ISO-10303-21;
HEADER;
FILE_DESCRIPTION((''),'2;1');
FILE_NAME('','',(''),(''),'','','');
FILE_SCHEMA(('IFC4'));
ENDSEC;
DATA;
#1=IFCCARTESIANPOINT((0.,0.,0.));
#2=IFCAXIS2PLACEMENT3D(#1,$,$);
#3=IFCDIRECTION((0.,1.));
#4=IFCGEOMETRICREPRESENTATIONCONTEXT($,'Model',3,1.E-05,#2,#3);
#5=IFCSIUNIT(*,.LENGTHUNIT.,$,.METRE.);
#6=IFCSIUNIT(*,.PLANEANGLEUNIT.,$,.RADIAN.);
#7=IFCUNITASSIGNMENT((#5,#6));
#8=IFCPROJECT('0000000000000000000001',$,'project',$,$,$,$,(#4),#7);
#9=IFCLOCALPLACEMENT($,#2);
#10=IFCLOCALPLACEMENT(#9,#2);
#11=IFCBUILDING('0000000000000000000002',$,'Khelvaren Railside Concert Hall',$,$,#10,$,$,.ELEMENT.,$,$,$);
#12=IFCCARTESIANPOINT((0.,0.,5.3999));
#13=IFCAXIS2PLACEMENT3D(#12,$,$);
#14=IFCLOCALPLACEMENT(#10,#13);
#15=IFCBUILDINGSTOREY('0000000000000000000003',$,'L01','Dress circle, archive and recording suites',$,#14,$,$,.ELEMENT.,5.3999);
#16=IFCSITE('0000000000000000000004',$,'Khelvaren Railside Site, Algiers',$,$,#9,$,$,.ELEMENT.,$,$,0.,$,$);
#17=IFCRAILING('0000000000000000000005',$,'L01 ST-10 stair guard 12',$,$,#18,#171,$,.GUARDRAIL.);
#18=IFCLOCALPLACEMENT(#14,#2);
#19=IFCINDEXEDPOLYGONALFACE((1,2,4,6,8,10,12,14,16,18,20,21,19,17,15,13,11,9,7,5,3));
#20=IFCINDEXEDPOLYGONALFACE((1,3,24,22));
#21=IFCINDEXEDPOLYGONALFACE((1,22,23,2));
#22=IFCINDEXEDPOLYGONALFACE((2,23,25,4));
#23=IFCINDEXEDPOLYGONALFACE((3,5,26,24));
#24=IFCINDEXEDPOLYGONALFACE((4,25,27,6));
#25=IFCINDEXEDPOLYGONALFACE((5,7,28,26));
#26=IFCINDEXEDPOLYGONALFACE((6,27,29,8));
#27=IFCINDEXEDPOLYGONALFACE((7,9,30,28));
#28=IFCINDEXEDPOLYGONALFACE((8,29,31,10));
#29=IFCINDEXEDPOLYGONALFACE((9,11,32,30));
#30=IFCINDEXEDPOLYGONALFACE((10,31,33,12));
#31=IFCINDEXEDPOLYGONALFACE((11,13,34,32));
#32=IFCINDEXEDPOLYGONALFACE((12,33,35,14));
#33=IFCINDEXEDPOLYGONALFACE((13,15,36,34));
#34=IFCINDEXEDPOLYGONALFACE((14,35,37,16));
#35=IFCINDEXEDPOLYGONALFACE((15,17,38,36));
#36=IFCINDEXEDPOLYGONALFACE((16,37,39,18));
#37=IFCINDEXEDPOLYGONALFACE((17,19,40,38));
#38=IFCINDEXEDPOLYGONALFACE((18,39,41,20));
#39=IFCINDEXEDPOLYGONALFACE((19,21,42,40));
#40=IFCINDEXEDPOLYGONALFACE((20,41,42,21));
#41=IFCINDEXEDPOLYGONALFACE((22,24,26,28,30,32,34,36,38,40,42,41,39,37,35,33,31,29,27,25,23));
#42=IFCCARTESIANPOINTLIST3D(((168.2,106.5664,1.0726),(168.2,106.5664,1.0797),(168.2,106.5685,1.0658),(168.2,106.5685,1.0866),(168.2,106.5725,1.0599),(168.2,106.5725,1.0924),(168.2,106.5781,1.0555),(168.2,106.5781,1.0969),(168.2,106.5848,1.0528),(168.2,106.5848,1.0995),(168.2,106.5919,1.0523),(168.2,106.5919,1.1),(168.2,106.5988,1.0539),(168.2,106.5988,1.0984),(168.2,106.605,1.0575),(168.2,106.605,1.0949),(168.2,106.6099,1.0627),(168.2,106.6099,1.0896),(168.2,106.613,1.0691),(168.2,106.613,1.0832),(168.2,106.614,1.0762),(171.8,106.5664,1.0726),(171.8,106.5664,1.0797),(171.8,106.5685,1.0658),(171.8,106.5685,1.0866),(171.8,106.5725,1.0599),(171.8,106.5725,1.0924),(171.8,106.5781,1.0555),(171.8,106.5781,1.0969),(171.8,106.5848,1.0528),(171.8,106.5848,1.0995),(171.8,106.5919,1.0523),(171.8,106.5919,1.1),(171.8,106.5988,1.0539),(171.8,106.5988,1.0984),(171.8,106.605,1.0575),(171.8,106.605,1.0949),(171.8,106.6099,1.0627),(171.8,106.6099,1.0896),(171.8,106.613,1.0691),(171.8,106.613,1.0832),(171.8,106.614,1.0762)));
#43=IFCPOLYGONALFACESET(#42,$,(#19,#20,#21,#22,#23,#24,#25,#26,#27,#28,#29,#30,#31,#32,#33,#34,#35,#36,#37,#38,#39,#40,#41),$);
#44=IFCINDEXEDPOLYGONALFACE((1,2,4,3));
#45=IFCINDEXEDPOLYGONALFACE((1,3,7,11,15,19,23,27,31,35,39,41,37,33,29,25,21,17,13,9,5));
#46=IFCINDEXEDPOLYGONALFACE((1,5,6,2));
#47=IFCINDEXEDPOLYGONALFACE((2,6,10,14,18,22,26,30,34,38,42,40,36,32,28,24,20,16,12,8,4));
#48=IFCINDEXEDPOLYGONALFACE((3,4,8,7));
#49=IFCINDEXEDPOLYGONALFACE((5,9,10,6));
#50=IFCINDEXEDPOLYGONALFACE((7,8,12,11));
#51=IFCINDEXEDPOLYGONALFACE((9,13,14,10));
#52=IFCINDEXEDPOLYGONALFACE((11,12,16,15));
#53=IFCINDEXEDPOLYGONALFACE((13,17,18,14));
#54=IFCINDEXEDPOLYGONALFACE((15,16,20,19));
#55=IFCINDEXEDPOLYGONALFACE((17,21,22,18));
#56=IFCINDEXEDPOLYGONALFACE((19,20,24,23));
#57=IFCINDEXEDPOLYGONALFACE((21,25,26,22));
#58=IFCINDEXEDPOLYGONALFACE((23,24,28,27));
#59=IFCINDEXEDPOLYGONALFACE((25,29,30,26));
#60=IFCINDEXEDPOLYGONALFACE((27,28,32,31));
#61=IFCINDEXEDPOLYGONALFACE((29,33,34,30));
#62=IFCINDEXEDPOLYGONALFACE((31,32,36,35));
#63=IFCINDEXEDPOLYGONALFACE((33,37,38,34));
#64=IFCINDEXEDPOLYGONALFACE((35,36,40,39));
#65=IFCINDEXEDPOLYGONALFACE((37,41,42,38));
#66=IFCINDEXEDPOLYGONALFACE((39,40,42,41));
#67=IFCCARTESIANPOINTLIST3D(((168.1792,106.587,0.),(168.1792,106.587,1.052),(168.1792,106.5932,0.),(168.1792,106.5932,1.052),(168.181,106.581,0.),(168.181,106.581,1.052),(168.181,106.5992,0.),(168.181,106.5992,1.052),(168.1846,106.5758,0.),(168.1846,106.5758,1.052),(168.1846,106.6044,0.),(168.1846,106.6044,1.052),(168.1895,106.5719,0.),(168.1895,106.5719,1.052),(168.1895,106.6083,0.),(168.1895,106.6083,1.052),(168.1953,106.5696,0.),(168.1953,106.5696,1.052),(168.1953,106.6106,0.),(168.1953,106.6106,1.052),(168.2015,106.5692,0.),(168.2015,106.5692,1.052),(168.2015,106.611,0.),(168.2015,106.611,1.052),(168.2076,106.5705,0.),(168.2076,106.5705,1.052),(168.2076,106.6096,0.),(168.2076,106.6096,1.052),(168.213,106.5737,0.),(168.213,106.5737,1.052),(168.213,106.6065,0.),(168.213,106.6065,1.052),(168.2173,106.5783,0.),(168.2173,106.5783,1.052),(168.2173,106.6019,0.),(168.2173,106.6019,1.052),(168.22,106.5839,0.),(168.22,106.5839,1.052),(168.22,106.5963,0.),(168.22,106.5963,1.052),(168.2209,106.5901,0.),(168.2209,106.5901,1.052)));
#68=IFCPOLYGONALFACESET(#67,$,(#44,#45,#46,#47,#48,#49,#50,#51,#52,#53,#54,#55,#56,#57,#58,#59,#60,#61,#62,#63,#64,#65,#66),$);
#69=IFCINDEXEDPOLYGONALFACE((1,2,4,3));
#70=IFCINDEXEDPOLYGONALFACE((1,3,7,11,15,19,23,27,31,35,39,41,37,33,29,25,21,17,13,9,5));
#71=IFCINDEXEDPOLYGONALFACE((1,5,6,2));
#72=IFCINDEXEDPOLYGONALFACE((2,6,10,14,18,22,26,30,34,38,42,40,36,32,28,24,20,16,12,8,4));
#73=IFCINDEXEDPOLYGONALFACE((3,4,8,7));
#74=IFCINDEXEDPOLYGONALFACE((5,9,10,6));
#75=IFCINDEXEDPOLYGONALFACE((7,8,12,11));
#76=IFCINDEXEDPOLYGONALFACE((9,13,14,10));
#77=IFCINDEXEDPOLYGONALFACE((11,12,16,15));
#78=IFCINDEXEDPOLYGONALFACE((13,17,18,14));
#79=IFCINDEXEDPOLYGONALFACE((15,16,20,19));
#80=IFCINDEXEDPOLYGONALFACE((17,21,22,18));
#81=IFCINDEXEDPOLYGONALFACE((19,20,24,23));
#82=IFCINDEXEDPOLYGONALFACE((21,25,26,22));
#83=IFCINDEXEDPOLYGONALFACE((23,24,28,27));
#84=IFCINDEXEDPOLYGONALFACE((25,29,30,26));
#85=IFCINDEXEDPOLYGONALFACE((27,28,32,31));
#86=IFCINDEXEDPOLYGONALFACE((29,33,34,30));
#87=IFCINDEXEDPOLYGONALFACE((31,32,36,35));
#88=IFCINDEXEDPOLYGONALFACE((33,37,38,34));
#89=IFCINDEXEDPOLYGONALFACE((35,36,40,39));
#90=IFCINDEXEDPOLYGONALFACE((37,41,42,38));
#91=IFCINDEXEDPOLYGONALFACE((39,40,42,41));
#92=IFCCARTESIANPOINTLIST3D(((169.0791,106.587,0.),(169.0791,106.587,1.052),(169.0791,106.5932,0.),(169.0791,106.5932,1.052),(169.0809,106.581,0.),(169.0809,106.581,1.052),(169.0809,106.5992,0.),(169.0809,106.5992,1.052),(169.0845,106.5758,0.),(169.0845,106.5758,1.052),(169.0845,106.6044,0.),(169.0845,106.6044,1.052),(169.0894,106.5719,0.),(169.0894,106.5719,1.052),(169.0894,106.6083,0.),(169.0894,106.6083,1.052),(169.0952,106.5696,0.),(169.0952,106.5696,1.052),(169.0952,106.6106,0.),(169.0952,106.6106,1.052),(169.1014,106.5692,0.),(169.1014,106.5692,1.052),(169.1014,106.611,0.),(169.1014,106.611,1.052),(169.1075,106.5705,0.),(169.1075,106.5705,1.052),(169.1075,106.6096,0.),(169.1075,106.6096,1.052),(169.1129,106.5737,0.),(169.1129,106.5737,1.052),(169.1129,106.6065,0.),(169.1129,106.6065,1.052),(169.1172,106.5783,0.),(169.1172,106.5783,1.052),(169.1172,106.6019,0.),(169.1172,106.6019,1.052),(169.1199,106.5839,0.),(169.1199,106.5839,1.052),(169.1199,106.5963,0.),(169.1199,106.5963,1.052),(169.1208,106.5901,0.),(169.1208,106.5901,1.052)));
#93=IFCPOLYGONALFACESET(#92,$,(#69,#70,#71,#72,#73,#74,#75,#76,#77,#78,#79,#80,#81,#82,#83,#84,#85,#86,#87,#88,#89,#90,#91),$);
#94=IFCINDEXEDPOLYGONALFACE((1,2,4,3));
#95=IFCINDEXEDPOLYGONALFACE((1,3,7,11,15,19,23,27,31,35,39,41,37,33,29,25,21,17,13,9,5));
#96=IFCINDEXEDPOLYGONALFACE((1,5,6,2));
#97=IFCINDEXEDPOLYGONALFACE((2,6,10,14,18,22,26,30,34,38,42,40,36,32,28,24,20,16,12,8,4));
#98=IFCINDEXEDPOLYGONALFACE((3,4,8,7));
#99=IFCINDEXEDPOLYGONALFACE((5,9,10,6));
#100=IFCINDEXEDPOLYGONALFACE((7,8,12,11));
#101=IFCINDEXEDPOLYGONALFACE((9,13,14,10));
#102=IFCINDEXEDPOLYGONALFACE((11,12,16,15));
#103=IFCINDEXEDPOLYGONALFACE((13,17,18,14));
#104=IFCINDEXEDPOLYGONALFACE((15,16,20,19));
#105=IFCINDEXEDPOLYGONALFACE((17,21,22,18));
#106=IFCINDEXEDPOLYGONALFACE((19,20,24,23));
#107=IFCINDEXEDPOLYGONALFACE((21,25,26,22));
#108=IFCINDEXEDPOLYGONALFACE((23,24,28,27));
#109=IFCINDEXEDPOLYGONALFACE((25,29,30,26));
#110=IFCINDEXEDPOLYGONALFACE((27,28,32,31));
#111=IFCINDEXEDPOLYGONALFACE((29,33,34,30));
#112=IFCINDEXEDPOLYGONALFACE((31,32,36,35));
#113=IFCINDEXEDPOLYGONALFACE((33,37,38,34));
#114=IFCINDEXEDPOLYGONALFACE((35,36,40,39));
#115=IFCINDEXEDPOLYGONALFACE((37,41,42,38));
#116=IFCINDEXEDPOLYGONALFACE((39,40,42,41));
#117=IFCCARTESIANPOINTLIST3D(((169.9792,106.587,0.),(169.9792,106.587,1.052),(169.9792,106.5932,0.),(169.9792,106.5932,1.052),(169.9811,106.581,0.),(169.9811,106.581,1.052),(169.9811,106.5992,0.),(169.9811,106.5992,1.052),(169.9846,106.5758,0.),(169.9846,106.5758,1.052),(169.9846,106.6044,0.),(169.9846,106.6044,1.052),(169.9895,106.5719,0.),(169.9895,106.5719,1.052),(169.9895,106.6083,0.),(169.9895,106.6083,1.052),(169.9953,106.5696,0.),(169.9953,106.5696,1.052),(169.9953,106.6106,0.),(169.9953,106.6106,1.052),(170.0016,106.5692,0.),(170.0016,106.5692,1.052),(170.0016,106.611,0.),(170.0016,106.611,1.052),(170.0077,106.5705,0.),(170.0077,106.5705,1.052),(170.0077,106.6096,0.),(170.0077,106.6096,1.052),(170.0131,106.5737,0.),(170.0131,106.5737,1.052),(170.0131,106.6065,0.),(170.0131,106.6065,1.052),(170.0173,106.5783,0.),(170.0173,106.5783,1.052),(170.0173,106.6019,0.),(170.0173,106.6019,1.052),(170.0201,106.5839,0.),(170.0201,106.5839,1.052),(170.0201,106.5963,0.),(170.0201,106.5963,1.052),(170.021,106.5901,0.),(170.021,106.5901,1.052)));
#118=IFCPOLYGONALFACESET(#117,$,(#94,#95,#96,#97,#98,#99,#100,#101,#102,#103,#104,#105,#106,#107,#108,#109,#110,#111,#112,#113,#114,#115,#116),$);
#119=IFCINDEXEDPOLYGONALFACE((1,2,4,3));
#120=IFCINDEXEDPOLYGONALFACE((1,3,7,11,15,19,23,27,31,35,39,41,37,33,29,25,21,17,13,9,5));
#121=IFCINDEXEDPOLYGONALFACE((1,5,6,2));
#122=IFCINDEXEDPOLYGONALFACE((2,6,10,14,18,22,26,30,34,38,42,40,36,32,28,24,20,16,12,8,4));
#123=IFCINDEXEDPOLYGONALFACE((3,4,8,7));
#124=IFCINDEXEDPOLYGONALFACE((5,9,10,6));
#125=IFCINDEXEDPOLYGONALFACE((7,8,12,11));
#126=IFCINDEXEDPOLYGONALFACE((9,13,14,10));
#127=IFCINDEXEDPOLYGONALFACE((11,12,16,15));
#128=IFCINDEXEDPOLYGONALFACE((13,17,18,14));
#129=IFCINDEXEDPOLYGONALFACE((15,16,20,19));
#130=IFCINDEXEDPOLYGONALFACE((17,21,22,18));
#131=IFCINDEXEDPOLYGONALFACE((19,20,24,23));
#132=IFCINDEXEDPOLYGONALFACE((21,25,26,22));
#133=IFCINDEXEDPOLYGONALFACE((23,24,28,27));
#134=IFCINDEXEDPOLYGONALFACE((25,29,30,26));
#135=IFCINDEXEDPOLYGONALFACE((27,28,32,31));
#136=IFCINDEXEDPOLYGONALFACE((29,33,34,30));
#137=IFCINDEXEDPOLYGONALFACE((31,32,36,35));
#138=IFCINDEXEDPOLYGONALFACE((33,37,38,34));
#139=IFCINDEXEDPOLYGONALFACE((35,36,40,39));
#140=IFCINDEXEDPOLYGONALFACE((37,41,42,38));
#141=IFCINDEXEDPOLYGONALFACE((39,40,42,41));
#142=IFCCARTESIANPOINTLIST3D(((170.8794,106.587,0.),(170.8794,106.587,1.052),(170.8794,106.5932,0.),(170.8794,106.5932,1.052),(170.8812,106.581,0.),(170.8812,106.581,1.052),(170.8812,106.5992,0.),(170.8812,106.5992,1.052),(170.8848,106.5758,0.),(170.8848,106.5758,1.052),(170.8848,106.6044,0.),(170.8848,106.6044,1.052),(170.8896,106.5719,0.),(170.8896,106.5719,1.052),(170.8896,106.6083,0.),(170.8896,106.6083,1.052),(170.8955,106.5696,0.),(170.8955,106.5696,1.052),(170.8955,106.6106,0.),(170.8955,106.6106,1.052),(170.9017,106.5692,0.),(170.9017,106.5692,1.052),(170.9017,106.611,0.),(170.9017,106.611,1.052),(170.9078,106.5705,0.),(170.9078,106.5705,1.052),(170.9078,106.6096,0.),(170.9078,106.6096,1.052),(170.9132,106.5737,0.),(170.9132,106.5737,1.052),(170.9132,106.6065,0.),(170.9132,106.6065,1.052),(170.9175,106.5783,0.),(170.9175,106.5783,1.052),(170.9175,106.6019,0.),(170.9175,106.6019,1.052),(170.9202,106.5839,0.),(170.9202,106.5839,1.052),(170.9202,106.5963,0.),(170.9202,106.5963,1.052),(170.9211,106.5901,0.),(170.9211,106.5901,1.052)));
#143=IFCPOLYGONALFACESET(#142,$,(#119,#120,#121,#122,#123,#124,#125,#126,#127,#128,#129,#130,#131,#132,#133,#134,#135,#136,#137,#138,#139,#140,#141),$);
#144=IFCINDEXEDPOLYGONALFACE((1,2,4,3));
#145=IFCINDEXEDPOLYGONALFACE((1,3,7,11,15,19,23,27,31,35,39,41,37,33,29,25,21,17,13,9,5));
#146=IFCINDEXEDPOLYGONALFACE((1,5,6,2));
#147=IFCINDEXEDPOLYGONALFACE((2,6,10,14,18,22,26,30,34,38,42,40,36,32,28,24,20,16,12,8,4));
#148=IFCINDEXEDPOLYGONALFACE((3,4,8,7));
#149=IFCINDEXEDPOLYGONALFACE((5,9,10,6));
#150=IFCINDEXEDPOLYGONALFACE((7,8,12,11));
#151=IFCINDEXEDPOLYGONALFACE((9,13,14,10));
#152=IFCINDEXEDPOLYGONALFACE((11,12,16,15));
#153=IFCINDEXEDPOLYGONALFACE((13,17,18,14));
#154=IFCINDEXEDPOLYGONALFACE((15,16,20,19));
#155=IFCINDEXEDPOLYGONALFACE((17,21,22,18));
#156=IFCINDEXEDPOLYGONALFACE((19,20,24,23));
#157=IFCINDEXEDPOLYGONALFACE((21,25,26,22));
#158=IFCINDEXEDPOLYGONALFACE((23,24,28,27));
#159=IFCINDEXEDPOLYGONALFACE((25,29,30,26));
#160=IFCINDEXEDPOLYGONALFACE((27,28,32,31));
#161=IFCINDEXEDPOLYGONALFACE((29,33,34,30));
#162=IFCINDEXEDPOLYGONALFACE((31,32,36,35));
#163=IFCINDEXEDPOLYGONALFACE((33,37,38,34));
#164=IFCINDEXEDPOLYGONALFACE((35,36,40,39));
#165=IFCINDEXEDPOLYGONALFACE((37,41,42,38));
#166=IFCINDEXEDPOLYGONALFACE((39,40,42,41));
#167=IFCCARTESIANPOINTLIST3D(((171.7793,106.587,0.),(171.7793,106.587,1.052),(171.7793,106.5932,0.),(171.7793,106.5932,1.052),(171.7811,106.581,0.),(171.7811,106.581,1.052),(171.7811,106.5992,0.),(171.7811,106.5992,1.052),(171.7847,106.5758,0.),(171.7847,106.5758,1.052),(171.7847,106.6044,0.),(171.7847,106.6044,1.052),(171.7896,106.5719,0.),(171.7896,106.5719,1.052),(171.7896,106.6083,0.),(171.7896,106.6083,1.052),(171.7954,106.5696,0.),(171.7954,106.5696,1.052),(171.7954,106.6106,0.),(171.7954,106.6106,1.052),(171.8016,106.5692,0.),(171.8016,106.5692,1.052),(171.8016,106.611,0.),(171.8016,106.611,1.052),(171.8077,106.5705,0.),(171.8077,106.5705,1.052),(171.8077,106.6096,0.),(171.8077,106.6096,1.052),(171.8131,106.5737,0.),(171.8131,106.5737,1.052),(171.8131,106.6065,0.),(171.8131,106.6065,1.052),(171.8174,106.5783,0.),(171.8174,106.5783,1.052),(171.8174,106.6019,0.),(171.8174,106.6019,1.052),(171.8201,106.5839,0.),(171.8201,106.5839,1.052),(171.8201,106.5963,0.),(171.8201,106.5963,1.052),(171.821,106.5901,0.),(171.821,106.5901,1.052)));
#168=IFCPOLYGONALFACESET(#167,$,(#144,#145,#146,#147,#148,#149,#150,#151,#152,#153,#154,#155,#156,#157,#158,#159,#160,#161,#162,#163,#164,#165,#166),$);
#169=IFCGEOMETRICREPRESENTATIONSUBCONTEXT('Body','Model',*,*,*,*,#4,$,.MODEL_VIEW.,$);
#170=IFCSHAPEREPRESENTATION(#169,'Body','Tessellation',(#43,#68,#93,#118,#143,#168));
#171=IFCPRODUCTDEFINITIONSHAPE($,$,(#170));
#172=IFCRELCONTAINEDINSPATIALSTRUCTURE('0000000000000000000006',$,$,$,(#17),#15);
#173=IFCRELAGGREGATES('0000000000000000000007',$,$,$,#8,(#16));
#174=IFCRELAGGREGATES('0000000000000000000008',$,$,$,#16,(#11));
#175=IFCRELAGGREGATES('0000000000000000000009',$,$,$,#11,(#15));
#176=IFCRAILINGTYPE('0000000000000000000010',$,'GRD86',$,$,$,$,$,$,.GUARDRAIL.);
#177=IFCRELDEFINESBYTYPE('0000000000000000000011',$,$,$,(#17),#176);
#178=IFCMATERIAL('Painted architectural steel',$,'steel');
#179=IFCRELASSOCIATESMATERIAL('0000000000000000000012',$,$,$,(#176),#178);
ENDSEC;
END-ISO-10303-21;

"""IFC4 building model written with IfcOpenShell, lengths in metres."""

from ifc_helpers import new_model, si_unit, direction, frame, origin, origin_2d, place, context, subcontext, project, spatial, circle, extrude, material, type_object, element, save


model = new_model("IFC4")

# Units and contexts
model_context = context("Model", 3, precision=1e-05, world=origin(), true_north=direction((0.0, 1.0)))
body_context = subcontext(model_context, "Body", "Model", "MODEL_VIEW")
ifc_project = project(units=[si_unit("LENGTHUNIT", "METRE"), si_unit("PLANEANGLEUNIT", "RADIAN")], contexts=[model_context])

# Site, building, storey
site_placement = place(None, origin())
site = spatial("IfcSite", under=ifc_project, at=site_placement, Name="Khelvaren Railside Site, Algiers", CompositionType="ELEMENT", RefElevation=0.0)
building_placement = place(site_placement, origin())
building = spatial("IfcBuilding", under=site, at=building_placement, Name="Khelvaren Railside Concert Hall", CompositionType="ELEMENT")
storey_placement = place(building_placement, frame((0.0, 0.0, 5.3999)))
storey = spatial("IfcBuildingStorey", under=building, at=storey_placement, Name="L01", Description="Dress circle, archive and recording suites", CompositionType="ELEMENT", Elevation=5.3999)

# Railing
ifc_material_1 = material(Name="Painted architectural steel", Category="steel")
railing_type = type_object("IfcRailingType", Name="GRD86", PredefinedType="GUARDRAIL", material=ifc_material_1)
railing_1_placement = place(storey_placement, frame((168.2, 106.5901, 0.0)))
element("IfcRailing", 1, at=railing_1_placement, inside=storey, type_object=railing_type, Name="L01 ST-10 stair guard 12", PredefinedType="GUARDRAIL", context=body_context, shape_type="SweptSolid", body=[
    extrude(circle(Radius=0.0239, at=origin_2d()), frame((0.0, 0.0, 1.0762), z_axis=(1.0, 0.0, 0.0), x_axis=(0.0, 1.0, 0.0)), (0.0, 0.0, 1.0), 3.6001),
    extrude(circle(Radius=0.021, at=origin_2d()), origin(), (0.0, 0.0, 1.0), 1.052),
    extrude(circle(Radius=0.021, at=origin_2d()), frame((0.8999, 0.0, 0.0)), (0.0, 0.0, 1.0), 1.052),
    extrude(circle(Radius=0.021, at=origin_2d()), frame((1.8, 0.0, 0.0)), (0.0, 0.0, 1.0), 1.052),
    extrude(circle(Radius=0.021, at=origin_2d()), frame((2.7002, 0.0, 0.0)), (0.0, 0.0, 1.0), 1.052),
    extrude(circle(Radius=0.021, at=origin_2d()), frame((3.6001, 0.0, 0.0)), (0.0, 0.0, 1.0), 1.052),
])

save(model, "model.ifc")
